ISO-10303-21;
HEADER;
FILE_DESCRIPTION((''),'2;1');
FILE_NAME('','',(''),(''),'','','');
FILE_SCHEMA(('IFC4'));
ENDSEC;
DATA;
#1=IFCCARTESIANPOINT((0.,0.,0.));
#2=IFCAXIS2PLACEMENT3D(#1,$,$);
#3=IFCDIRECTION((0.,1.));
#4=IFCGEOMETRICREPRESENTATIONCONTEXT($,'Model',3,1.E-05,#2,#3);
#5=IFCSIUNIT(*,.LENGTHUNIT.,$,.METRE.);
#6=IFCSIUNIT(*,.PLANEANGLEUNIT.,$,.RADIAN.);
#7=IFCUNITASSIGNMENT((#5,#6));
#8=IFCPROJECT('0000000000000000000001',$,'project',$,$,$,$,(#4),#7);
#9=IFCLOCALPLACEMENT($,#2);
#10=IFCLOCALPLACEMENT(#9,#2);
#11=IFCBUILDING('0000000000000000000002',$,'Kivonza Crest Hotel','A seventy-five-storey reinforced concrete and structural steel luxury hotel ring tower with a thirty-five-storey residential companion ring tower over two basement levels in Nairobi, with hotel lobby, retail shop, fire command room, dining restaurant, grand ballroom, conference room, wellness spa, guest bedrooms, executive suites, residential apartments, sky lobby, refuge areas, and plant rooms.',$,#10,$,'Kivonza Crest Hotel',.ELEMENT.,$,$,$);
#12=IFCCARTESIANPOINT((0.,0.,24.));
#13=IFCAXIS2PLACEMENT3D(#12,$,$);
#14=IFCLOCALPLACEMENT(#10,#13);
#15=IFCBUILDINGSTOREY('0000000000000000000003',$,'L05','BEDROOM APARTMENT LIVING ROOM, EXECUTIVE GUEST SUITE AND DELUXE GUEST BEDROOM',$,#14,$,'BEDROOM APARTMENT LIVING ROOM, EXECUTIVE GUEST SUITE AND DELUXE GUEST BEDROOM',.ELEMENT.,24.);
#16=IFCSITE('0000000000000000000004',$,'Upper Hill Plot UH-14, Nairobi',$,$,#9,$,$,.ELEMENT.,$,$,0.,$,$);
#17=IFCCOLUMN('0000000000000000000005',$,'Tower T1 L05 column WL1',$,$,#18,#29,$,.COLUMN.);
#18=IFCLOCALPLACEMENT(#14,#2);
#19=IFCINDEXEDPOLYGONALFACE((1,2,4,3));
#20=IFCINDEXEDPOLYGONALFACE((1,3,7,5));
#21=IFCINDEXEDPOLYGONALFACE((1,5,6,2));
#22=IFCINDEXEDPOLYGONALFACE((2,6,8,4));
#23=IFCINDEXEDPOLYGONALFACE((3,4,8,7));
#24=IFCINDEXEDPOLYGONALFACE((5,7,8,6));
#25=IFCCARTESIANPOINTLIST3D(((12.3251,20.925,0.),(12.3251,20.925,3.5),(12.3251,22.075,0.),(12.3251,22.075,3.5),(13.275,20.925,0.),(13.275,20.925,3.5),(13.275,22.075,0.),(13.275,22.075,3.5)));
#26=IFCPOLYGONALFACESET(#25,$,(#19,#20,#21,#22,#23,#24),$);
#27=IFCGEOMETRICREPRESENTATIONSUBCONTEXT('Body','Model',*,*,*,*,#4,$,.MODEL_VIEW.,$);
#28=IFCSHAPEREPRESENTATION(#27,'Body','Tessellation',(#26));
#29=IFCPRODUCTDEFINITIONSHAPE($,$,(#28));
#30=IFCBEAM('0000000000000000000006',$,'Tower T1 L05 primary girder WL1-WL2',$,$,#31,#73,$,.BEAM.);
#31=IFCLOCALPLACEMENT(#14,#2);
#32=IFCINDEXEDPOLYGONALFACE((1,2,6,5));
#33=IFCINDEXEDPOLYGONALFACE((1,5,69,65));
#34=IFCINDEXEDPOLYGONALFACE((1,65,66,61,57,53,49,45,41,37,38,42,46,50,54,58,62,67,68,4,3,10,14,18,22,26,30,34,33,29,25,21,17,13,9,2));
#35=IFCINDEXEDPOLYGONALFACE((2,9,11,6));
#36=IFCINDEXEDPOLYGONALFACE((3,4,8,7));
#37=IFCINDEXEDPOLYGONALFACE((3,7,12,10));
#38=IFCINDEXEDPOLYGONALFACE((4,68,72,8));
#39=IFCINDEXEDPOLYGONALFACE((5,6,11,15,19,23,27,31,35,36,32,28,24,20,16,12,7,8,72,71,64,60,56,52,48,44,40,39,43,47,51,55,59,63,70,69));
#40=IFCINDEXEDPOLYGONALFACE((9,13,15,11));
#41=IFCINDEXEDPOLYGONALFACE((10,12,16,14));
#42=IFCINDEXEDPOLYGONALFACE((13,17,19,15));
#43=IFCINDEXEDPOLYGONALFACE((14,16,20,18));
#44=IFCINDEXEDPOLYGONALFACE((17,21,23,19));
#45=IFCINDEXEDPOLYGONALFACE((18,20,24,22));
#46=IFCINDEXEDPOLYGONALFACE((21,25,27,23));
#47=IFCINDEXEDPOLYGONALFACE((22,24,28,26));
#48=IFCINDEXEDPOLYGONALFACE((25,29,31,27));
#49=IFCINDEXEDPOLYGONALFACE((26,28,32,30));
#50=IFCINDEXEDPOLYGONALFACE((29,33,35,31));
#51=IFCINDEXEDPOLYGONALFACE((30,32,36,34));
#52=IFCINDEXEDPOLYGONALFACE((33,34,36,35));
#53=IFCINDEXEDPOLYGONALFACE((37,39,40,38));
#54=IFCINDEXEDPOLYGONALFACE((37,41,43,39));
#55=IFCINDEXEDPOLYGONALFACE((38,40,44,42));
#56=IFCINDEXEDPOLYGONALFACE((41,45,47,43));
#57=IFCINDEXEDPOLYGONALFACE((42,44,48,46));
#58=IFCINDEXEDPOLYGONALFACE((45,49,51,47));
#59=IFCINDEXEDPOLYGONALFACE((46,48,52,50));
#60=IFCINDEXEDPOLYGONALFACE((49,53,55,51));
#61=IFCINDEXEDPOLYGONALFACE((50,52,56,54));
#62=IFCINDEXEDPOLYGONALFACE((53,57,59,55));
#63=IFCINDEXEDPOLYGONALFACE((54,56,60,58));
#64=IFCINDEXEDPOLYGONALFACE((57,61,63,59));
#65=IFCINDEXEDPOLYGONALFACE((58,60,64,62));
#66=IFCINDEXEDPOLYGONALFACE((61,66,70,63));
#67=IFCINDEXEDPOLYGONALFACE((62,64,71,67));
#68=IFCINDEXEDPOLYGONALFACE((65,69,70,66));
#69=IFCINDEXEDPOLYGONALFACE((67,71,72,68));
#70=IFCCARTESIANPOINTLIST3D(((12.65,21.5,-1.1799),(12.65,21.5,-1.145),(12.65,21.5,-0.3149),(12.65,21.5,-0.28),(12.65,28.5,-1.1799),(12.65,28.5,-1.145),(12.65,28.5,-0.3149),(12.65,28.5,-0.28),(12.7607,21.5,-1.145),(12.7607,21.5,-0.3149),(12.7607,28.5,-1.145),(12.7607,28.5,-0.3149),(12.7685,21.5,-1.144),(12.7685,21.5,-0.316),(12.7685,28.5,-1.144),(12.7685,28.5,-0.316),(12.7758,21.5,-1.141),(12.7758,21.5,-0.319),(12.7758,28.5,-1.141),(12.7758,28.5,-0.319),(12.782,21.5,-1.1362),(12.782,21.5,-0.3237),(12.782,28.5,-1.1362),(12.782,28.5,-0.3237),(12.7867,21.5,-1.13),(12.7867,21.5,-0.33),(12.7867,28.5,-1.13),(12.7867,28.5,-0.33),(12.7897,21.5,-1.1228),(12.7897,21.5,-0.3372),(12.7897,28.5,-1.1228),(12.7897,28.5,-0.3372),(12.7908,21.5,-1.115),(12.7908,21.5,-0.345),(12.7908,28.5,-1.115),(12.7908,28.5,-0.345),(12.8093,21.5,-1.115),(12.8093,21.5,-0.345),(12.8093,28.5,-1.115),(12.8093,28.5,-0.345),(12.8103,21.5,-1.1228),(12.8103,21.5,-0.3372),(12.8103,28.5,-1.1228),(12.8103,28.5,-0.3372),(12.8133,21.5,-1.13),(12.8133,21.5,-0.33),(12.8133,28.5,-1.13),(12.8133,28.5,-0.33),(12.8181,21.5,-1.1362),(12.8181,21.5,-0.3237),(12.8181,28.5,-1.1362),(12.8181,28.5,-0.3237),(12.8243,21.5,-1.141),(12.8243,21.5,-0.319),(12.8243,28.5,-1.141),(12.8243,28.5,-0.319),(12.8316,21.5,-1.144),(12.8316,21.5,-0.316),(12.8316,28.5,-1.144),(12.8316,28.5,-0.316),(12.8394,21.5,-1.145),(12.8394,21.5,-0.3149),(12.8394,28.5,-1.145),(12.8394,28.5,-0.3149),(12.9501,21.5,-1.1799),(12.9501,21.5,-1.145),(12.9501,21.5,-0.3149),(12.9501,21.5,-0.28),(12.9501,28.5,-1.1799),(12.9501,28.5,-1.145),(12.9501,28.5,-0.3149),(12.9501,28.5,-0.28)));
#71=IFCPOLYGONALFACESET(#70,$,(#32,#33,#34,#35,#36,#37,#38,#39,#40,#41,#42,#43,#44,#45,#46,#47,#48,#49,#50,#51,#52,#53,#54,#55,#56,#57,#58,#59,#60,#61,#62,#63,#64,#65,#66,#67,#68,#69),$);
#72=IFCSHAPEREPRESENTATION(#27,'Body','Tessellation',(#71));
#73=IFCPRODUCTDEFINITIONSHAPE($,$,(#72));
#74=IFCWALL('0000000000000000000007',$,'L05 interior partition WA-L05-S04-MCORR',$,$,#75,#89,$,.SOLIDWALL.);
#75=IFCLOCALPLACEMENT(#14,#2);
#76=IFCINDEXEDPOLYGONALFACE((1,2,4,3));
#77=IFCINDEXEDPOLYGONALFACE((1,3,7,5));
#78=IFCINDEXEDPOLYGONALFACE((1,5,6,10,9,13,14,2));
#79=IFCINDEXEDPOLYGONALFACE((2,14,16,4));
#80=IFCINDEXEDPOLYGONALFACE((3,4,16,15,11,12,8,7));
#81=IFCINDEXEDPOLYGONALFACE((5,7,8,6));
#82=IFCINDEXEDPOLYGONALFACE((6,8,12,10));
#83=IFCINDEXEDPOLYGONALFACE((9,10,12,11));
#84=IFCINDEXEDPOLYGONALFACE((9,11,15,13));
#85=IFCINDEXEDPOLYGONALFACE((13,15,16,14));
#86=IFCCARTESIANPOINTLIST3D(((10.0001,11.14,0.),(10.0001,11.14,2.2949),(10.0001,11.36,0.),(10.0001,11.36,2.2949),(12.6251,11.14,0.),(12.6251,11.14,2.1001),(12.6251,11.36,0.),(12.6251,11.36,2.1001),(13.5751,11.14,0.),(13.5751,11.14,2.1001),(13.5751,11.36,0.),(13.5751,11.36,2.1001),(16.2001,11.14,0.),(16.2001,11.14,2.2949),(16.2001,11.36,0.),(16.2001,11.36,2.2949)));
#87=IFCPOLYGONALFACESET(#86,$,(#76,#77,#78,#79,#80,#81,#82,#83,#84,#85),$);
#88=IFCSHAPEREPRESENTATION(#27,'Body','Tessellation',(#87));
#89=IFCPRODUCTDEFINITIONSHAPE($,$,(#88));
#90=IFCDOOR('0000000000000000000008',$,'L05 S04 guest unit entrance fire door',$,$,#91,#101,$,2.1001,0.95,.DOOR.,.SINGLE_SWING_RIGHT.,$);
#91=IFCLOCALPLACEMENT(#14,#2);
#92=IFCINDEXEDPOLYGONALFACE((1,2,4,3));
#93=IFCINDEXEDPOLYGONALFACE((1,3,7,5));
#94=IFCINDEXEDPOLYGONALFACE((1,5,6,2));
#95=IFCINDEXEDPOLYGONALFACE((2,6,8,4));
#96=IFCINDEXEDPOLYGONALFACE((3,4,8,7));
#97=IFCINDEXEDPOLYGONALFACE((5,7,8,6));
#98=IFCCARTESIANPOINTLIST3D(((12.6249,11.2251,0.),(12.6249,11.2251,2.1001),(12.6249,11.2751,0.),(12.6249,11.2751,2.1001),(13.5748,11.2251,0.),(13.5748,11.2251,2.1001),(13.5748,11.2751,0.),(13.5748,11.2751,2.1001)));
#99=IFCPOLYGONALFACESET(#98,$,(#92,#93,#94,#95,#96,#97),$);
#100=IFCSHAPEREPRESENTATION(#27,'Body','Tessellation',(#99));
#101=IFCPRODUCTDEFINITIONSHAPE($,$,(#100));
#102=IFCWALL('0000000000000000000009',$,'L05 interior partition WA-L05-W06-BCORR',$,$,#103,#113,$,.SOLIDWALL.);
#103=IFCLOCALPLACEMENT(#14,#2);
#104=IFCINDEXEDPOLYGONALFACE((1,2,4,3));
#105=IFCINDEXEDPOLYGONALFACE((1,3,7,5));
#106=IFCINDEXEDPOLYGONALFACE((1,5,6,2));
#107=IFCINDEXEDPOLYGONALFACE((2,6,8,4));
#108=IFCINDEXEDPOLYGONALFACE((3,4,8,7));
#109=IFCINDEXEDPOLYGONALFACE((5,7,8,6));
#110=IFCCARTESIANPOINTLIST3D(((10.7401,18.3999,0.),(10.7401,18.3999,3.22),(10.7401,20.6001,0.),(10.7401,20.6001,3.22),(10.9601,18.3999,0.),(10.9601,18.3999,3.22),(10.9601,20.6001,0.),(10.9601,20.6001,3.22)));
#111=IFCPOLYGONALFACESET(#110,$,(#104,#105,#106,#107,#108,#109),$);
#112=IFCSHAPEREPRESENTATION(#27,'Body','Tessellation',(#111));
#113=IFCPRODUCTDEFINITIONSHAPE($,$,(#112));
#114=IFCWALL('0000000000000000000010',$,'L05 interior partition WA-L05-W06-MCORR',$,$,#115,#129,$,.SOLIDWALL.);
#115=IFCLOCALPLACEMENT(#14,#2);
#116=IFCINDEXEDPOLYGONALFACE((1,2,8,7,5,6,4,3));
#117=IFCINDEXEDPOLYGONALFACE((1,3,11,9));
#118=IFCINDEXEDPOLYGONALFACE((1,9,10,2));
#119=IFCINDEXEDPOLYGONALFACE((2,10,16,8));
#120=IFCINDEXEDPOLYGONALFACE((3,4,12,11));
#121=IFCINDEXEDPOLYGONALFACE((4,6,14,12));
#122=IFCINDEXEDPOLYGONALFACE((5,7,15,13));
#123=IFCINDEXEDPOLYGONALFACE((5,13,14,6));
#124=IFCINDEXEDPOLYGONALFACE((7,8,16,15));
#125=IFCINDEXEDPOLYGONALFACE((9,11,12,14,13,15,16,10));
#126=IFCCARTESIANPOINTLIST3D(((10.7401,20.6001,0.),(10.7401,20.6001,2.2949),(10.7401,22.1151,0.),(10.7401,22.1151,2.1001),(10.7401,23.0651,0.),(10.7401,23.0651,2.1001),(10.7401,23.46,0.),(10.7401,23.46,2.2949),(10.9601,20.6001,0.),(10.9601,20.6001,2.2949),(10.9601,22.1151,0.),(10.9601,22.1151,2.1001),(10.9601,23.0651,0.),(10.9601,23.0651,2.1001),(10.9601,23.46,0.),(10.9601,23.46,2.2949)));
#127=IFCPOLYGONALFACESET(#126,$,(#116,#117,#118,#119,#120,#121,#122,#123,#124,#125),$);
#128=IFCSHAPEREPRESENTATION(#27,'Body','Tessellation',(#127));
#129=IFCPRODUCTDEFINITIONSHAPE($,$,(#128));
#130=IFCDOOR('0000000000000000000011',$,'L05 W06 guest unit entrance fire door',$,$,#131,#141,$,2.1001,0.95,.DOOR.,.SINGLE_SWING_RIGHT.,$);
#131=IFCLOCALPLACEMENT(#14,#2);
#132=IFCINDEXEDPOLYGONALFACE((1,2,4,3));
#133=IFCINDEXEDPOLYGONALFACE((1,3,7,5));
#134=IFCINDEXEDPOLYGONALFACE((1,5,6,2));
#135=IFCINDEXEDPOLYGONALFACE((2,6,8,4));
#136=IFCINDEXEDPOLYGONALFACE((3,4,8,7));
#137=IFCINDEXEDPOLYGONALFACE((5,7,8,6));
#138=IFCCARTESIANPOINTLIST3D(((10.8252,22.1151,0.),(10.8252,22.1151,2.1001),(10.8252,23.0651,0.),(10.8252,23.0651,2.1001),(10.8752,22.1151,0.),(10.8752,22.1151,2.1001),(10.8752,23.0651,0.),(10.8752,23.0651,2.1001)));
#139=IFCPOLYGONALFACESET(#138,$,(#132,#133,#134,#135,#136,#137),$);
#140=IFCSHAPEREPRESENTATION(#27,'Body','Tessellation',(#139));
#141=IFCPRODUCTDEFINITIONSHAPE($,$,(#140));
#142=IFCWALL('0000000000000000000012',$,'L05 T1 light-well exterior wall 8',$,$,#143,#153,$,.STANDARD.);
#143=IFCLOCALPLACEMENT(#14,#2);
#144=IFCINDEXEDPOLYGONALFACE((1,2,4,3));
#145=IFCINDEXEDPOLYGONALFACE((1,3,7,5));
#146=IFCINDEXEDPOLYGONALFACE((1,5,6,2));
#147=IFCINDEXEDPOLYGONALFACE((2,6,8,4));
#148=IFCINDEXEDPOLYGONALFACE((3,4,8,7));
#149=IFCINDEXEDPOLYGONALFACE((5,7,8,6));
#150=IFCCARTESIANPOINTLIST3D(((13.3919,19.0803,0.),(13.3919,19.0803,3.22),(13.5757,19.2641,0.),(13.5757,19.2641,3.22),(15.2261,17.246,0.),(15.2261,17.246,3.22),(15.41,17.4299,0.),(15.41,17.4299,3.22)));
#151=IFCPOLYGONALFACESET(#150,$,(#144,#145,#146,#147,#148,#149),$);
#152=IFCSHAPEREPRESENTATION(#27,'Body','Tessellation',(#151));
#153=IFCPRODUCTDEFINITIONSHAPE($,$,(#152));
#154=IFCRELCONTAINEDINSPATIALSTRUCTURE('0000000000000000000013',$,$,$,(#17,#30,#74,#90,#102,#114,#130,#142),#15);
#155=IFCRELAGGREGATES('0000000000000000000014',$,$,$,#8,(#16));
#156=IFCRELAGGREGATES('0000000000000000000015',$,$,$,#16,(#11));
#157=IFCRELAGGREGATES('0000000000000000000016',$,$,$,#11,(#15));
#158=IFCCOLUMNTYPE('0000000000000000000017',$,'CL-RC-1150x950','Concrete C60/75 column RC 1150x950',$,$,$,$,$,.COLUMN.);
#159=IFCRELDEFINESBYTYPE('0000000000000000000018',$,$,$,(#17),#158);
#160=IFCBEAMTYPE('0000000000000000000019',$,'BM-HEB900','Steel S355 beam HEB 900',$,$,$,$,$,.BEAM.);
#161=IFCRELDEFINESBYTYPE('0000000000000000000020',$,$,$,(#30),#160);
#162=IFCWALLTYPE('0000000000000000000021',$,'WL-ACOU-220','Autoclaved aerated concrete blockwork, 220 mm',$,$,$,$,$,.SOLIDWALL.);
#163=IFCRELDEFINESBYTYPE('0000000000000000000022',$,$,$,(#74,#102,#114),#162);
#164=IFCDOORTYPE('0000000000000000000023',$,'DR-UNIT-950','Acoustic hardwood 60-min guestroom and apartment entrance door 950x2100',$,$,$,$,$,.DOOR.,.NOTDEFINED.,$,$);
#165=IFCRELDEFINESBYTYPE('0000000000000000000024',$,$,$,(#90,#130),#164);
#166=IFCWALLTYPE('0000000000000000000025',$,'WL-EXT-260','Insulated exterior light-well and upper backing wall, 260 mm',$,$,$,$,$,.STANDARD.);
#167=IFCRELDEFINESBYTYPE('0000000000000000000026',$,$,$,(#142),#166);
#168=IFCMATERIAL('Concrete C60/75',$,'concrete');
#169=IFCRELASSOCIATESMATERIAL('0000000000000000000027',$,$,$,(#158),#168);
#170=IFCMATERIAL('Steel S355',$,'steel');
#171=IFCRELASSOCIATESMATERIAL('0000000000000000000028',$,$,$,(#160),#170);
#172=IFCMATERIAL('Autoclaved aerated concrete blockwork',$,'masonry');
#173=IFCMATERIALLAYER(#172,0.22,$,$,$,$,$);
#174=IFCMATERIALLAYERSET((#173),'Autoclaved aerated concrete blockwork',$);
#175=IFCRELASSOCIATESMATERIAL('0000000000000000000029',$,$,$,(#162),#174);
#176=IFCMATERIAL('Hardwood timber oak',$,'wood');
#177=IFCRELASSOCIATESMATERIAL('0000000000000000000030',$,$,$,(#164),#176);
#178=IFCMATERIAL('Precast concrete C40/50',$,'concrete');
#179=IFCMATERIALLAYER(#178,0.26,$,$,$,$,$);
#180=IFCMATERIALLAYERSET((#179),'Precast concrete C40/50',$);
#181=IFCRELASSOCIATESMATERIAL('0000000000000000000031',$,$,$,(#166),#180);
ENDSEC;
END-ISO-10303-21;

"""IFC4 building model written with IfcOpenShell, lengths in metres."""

from ifc_helpers import new_model, si_unit, direction, frame, frame_2d, origin, origin_2d, place, context, subcontext, project, spatial, rectangle, i_section, extrude, material, layer, layer_set, material_profile, profile_set, type_object, element, fill, save


model = new_model("IFC4")

# Units and contexts
model_context = context("Model", 3, precision=1e-05, world=origin(), true_north=direction((0.0, 1.0)))
body_context = subcontext(model_context, "Body", "Model", "MODEL_VIEW")
ifc_project = project(units=[si_unit("LENGTHUNIT", "METRE"), si_unit("PLANEANGLEUNIT", "RADIAN")], contexts=[model_context])

# Site, building, storey
site_placement = place(None, origin())
site = spatial("IfcSite", under=ifc_project, at=site_placement, Name="Upper Hill Plot UH-14, Nairobi", CompositionType="ELEMENT", RefElevation=0.0)
building_placement = place(site_placement, origin())
building = spatial("IfcBuilding", under=site, at=building_placement, Name="Kivonza Crest Hotel", Description="A seventy-five-storey reinforced concrete and structural steel luxury hotel ring tower with a thirty-five-storey residential companion ring tower over two basement levels in Nairobi, with hotel lobby, retail shop, fire command room, dining restaurant, grand ballroom, conference room, wellness spa, guest bedrooms, executive suites, residential apartments, sky lobby, refuge areas, and plant rooms.", LongName="Kivonza Crest Hotel", CompositionType="ELEMENT")
storey_placement = place(building_placement, frame((0.0, 0.0, 24.0)))
storey = spatial("IfcBuildingStorey", under=building, at=storey_placement, Name="L05", Description="BEDROOM APARTMENT LIVING ROOM, EXECUTIVE GUEST SUITE AND DELUXE GUEST BEDROOM", LongName="BEDROOM APARTMENT LIVING ROOM, EXECUTIVE GUEST SUITE AND DELUXE GUEST BEDROOM", CompositionType="ELEMENT", Elevation=24.0)

# Column
ifc_material_1 = material(Name="Concrete C60/75", Category="concrete")
ifc_material_profile_1 = material_profile(ifc_material_1, rectangle(XDim=0.95, YDim=1.1499, at=origin_2d()), Name="RC 1150x950")
ifc_profile_set_1 = profile_set([ifc_material_profile_1], Name="Concrete C60/75")
column_type = type_object("IfcColumnType", Name="CL-RC-1150x950", Description="Concrete C60/75 column RC 1150x950", PredefinedType="COLUMN", material=ifc_profile_set_1)
column_placement = place(storey_placement, frame((12.8, 21.5, 0.0), z_axis=(0.0, 0.0, 1.0), x_axis=(1.0, 0.0, 0.0)))
element("IfcColumn", 1, at=column_placement, inside=storey, type_object=column_type, Name="Tower T1 L05 column WL1", PredefinedType="COLUMN", context=body_context, shape_type="SweptSolid", body=[
    extrude(rectangle(XDim=0.95, YDim=1.1499, at=origin_2d()), origin(), (0.0, 0.0, 1.0), 3.5),
])

# Beam
ifc_material_2 = material(Name="Steel S355", Category="steel")
ifc_material_profile_2 = material_profile(ifc_material_2, i_section(OverallWidth=0.3, OverallDepth=0.8999, WebThickness=0.0186, FlangeThickness=0.0349, FilletRadius=0.03, at=origin_2d()), Name="HEB 900")
ifc_profile_set_2 = profile_set([ifc_material_profile_2], Name="Steel S355")
beam_type = type_object("IfcBeamType", Name="BM-HEB900", Description="Steel S355 beam HEB 900", PredefinedType="BEAM", material=ifc_profile_set_2)
beam_placement = place(storey_placement, frame((12.8, 21.5, -0.73), z_axis=(0.0, 1.0, 0.0), x_axis=(-1.0, 0.0, 0.0)))
element("IfcBeam", 2, at=beam_placement, inside=storey, type_object=beam_type, Name="Tower T1 L05 primary girder WL1-WL2", PredefinedType="BEAM", context=body_context, shape_type="SweptSolid", body=[
    extrude(i_section(OverallWidth=0.3, OverallDepth=0.8999, WebThickness=0.0186, FlangeThickness=0.0349, FilletRadius=0.03, at=origin_2d()), origin(), (0.0, 0.0, 1.0), 7.0),
])

# Wall, opening, door
ifc_material_3 = material(Name="Autoclaved aerated concrete blockwork", Category="masonry")
ifc_layer_1 = layer(ifc_material_3, 0.22)
ifc_layer_set_1 = layer_set([ifc_layer_1], Name="Autoclaved aerated concrete blockwork")
wall_type_1 = type_object("IfcWallType", Name="WL-ACOU-220", Description="Autoclaved aerated concrete blockwork, 220 mm", PredefinedType="SOLIDWALL", material=ifc_layer_set_1)
wall_1_placement = place(storey_placement, frame((10.0, 11.25, 0.0), z_axis=(0.0, 0.0, 1.0), x_axis=(1.0, 0.0, 0.0)))
wall_1 = element("IfcWall", 3, at=wall_1_placement, inside=storey, type_object=wall_type_1, Name="L05 interior partition WA-L05-S04-MCORR", PredefinedType="SOLIDWALL", context=body_context, shape_type="SweptSolid", body=[
    extrude(rectangle(XDim=6.2, YDim=0.22, at=frame_2d((3.1001, 0.0))), origin(), (0.0, 0.0, 1.0), 2.2949),
])
opening_1_placement = place(wall_1_placement, frame((2.625, 0.0, 0.0)))
opening_1 = element("IfcOpeningElement", 4, at=opening_1_placement, cuts=wall_1, PredefinedType="OPENING", context=body_context, shape_type="SweptSolid", body=[
    extrude(rectangle(XDim=0.95, YDim=2.1001, at=frame_2d((0.4751, 1.05))), frame((0.0, 0.1201, 0.0), z_axis=(0.0, -1.0, 0.0), x_axis=(1.0, 0.0, 0.0)), (0.0, 0.0, 1.0), 0.24),
])
ifc_material_4 = material(Name="Hardwood timber oak", Category="wood")
door_type_1 = type_object("IfcDoorType", Name="DR-UNIT-950", Description="Acoustic hardwood 60-min guestroom and apartment entrance door 950x2100", OperationType="NOTDEFINED", PredefinedType="DOOR", material=ifc_material_4)
door_1_placement = place(opening_1_placement, frame((0.95, 0.0, 0.0), z_axis=(0.0, 0.0, 1.0), x_axis=(-1.0, 0.0, 0.0)))
door_1 = element("IfcDoor", 5, at=door_1_placement, inside=storey, type_object=door_type_1, Name="L05 S04 guest unit entrance fire door", OperationType="SINGLE_SWING_RIGHT", OverallHeight=2.1001, OverallWidth=0.95, PredefinedType="DOOR", context=body_context, shape_type="SweptSolid", body=[
    extrude(rectangle(XDim=0.95, YDim=2.1001, at=frame_2d((0.4751, 1.05))), frame((0.0, 0.0249, 0.0), z_axis=(0.0, -1.0, 0.0), x_axis=(1.0, 0.0, 0.0)), (0.0, 0.0, 1.0), 0.05),
])
fill(opening_1, door_1)

# Wall
wall_2_placement = place(storey_placement, frame((10.8501, 18.3999, 0.0), z_axis=(0.0, 0.0, 1.0), x_axis=(0.0, 1.0, 0.0)))
element("IfcWall", 6, at=wall_2_placement, inside=storey, type_object=wall_type_1, Name="L05 interior partition WA-L05-W06-BCORR", PredefinedType="SOLIDWALL", context=body_context, shape_type="SweptSolid", body=[
    extrude(rectangle(XDim=2.2002, YDim=0.22, at=frame_2d((1.1001, 0.0))), origin(), (0.0, 0.0, 1.0), 3.22),
])

# Wall, opening, door
wall_3_placement = place(storey_placement, frame((10.8501, 20.6001, 0.0), z_axis=(0.0, 0.0, 1.0), x_axis=(0.0, 1.0, 0.0)))
wall_3 = element("IfcWall", 7, at=wall_3_placement, inside=storey, type_object=wall_type_1, Name="L05 interior partition WA-L05-W06-MCORR", PredefinedType="SOLIDWALL", context=body_context, shape_type="SweptSolid", body=[
    extrude(rectangle(XDim=2.8599, YDim=0.22, at=frame_2d((1.4299, 0.0))), origin(), (0.0, 0.0, 1.0), 2.2949),
])
opening_2_placement = place(wall_3_placement, frame((1.5149, 0.0, 0.0)))
opening_2 = element("IfcOpeningElement", 8, at=opening_2_placement, cuts=wall_3, PredefinedType="OPENING", context=body_context, shape_type="SweptSolid", body=[
    extrude(rectangle(XDim=0.95, YDim=2.1001, at=frame_2d((0.4751, 1.05))), frame((0.0, 0.1201, 0.0), z_axis=(0.0, -1.0, 0.0), x_axis=(1.0, 0.0, 0.0)), (0.0, 0.0, 1.0), 0.24),
])
door_2_placement = place(opening_2_placement, origin())
door_2 = element("IfcDoor", 9, at=door_2_placement, inside=storey, type_object=door_type_1, Name="L05 W06 guest unit entrance fire door", OperationType="SINGLE_SWING_RIGHT", OverallHeight=2.1001, OverallWidth=0.95, PredefinedType="DOOR", context=body_context, shape_type="SweptSolid", body=[
    extrude(rectangle(XDim=0.95, YDim=2.1001, at=frame_2d((0.4751, 1.05))), frame((0.0, 0.0249, 0.0), z_axis=(0.0, -1.0, 0.0), x_axis=(1.0, 0.0, 0.0)), (0.0, 0.0, 1.0), 0.05),
])
fill(opening_2, door_2)

# Wall
ifc_material_5 = material(Name="Precast concrete C40/50", Category="concrete")
ifc_layer_2 = layer(ifc_material_5, 0.26)
ifc_layer_set_2 = layer_set([ifc_layer_2], Name="Precast concrete C40/50")
wall_type_2 = type_object("IfcWallType", Name="WL-EXT-260", Description="Insulated exterior light-well and upper backing wall, 260 mm", PredefinedType="STANDARD", material=ifc_layer_set_2)
wall_4_placement = place(storey_placement, frame((13.4839, 19.1721, 0.0), z_axis=(0.0, 0.0, 1.0), x_axis=(0.707107, -0.707107, 0.0)))
element("IfcWall", 10, at=wall_4_placement, inside=storey, type_object=wall_type_2, Name="L05 T1 light-well exterior wall 8", PredefinedType="STANDARD", context=body_context, shape_type="SweptSolid", body=[
    extrude(rectangle(XDim=2.594, YDim=0.26, at=frame_2d((1.2969, 0.0))), origin(), (0.0, 0.0, 1.0), 3.22),
])

save(model, "model.ifc")
